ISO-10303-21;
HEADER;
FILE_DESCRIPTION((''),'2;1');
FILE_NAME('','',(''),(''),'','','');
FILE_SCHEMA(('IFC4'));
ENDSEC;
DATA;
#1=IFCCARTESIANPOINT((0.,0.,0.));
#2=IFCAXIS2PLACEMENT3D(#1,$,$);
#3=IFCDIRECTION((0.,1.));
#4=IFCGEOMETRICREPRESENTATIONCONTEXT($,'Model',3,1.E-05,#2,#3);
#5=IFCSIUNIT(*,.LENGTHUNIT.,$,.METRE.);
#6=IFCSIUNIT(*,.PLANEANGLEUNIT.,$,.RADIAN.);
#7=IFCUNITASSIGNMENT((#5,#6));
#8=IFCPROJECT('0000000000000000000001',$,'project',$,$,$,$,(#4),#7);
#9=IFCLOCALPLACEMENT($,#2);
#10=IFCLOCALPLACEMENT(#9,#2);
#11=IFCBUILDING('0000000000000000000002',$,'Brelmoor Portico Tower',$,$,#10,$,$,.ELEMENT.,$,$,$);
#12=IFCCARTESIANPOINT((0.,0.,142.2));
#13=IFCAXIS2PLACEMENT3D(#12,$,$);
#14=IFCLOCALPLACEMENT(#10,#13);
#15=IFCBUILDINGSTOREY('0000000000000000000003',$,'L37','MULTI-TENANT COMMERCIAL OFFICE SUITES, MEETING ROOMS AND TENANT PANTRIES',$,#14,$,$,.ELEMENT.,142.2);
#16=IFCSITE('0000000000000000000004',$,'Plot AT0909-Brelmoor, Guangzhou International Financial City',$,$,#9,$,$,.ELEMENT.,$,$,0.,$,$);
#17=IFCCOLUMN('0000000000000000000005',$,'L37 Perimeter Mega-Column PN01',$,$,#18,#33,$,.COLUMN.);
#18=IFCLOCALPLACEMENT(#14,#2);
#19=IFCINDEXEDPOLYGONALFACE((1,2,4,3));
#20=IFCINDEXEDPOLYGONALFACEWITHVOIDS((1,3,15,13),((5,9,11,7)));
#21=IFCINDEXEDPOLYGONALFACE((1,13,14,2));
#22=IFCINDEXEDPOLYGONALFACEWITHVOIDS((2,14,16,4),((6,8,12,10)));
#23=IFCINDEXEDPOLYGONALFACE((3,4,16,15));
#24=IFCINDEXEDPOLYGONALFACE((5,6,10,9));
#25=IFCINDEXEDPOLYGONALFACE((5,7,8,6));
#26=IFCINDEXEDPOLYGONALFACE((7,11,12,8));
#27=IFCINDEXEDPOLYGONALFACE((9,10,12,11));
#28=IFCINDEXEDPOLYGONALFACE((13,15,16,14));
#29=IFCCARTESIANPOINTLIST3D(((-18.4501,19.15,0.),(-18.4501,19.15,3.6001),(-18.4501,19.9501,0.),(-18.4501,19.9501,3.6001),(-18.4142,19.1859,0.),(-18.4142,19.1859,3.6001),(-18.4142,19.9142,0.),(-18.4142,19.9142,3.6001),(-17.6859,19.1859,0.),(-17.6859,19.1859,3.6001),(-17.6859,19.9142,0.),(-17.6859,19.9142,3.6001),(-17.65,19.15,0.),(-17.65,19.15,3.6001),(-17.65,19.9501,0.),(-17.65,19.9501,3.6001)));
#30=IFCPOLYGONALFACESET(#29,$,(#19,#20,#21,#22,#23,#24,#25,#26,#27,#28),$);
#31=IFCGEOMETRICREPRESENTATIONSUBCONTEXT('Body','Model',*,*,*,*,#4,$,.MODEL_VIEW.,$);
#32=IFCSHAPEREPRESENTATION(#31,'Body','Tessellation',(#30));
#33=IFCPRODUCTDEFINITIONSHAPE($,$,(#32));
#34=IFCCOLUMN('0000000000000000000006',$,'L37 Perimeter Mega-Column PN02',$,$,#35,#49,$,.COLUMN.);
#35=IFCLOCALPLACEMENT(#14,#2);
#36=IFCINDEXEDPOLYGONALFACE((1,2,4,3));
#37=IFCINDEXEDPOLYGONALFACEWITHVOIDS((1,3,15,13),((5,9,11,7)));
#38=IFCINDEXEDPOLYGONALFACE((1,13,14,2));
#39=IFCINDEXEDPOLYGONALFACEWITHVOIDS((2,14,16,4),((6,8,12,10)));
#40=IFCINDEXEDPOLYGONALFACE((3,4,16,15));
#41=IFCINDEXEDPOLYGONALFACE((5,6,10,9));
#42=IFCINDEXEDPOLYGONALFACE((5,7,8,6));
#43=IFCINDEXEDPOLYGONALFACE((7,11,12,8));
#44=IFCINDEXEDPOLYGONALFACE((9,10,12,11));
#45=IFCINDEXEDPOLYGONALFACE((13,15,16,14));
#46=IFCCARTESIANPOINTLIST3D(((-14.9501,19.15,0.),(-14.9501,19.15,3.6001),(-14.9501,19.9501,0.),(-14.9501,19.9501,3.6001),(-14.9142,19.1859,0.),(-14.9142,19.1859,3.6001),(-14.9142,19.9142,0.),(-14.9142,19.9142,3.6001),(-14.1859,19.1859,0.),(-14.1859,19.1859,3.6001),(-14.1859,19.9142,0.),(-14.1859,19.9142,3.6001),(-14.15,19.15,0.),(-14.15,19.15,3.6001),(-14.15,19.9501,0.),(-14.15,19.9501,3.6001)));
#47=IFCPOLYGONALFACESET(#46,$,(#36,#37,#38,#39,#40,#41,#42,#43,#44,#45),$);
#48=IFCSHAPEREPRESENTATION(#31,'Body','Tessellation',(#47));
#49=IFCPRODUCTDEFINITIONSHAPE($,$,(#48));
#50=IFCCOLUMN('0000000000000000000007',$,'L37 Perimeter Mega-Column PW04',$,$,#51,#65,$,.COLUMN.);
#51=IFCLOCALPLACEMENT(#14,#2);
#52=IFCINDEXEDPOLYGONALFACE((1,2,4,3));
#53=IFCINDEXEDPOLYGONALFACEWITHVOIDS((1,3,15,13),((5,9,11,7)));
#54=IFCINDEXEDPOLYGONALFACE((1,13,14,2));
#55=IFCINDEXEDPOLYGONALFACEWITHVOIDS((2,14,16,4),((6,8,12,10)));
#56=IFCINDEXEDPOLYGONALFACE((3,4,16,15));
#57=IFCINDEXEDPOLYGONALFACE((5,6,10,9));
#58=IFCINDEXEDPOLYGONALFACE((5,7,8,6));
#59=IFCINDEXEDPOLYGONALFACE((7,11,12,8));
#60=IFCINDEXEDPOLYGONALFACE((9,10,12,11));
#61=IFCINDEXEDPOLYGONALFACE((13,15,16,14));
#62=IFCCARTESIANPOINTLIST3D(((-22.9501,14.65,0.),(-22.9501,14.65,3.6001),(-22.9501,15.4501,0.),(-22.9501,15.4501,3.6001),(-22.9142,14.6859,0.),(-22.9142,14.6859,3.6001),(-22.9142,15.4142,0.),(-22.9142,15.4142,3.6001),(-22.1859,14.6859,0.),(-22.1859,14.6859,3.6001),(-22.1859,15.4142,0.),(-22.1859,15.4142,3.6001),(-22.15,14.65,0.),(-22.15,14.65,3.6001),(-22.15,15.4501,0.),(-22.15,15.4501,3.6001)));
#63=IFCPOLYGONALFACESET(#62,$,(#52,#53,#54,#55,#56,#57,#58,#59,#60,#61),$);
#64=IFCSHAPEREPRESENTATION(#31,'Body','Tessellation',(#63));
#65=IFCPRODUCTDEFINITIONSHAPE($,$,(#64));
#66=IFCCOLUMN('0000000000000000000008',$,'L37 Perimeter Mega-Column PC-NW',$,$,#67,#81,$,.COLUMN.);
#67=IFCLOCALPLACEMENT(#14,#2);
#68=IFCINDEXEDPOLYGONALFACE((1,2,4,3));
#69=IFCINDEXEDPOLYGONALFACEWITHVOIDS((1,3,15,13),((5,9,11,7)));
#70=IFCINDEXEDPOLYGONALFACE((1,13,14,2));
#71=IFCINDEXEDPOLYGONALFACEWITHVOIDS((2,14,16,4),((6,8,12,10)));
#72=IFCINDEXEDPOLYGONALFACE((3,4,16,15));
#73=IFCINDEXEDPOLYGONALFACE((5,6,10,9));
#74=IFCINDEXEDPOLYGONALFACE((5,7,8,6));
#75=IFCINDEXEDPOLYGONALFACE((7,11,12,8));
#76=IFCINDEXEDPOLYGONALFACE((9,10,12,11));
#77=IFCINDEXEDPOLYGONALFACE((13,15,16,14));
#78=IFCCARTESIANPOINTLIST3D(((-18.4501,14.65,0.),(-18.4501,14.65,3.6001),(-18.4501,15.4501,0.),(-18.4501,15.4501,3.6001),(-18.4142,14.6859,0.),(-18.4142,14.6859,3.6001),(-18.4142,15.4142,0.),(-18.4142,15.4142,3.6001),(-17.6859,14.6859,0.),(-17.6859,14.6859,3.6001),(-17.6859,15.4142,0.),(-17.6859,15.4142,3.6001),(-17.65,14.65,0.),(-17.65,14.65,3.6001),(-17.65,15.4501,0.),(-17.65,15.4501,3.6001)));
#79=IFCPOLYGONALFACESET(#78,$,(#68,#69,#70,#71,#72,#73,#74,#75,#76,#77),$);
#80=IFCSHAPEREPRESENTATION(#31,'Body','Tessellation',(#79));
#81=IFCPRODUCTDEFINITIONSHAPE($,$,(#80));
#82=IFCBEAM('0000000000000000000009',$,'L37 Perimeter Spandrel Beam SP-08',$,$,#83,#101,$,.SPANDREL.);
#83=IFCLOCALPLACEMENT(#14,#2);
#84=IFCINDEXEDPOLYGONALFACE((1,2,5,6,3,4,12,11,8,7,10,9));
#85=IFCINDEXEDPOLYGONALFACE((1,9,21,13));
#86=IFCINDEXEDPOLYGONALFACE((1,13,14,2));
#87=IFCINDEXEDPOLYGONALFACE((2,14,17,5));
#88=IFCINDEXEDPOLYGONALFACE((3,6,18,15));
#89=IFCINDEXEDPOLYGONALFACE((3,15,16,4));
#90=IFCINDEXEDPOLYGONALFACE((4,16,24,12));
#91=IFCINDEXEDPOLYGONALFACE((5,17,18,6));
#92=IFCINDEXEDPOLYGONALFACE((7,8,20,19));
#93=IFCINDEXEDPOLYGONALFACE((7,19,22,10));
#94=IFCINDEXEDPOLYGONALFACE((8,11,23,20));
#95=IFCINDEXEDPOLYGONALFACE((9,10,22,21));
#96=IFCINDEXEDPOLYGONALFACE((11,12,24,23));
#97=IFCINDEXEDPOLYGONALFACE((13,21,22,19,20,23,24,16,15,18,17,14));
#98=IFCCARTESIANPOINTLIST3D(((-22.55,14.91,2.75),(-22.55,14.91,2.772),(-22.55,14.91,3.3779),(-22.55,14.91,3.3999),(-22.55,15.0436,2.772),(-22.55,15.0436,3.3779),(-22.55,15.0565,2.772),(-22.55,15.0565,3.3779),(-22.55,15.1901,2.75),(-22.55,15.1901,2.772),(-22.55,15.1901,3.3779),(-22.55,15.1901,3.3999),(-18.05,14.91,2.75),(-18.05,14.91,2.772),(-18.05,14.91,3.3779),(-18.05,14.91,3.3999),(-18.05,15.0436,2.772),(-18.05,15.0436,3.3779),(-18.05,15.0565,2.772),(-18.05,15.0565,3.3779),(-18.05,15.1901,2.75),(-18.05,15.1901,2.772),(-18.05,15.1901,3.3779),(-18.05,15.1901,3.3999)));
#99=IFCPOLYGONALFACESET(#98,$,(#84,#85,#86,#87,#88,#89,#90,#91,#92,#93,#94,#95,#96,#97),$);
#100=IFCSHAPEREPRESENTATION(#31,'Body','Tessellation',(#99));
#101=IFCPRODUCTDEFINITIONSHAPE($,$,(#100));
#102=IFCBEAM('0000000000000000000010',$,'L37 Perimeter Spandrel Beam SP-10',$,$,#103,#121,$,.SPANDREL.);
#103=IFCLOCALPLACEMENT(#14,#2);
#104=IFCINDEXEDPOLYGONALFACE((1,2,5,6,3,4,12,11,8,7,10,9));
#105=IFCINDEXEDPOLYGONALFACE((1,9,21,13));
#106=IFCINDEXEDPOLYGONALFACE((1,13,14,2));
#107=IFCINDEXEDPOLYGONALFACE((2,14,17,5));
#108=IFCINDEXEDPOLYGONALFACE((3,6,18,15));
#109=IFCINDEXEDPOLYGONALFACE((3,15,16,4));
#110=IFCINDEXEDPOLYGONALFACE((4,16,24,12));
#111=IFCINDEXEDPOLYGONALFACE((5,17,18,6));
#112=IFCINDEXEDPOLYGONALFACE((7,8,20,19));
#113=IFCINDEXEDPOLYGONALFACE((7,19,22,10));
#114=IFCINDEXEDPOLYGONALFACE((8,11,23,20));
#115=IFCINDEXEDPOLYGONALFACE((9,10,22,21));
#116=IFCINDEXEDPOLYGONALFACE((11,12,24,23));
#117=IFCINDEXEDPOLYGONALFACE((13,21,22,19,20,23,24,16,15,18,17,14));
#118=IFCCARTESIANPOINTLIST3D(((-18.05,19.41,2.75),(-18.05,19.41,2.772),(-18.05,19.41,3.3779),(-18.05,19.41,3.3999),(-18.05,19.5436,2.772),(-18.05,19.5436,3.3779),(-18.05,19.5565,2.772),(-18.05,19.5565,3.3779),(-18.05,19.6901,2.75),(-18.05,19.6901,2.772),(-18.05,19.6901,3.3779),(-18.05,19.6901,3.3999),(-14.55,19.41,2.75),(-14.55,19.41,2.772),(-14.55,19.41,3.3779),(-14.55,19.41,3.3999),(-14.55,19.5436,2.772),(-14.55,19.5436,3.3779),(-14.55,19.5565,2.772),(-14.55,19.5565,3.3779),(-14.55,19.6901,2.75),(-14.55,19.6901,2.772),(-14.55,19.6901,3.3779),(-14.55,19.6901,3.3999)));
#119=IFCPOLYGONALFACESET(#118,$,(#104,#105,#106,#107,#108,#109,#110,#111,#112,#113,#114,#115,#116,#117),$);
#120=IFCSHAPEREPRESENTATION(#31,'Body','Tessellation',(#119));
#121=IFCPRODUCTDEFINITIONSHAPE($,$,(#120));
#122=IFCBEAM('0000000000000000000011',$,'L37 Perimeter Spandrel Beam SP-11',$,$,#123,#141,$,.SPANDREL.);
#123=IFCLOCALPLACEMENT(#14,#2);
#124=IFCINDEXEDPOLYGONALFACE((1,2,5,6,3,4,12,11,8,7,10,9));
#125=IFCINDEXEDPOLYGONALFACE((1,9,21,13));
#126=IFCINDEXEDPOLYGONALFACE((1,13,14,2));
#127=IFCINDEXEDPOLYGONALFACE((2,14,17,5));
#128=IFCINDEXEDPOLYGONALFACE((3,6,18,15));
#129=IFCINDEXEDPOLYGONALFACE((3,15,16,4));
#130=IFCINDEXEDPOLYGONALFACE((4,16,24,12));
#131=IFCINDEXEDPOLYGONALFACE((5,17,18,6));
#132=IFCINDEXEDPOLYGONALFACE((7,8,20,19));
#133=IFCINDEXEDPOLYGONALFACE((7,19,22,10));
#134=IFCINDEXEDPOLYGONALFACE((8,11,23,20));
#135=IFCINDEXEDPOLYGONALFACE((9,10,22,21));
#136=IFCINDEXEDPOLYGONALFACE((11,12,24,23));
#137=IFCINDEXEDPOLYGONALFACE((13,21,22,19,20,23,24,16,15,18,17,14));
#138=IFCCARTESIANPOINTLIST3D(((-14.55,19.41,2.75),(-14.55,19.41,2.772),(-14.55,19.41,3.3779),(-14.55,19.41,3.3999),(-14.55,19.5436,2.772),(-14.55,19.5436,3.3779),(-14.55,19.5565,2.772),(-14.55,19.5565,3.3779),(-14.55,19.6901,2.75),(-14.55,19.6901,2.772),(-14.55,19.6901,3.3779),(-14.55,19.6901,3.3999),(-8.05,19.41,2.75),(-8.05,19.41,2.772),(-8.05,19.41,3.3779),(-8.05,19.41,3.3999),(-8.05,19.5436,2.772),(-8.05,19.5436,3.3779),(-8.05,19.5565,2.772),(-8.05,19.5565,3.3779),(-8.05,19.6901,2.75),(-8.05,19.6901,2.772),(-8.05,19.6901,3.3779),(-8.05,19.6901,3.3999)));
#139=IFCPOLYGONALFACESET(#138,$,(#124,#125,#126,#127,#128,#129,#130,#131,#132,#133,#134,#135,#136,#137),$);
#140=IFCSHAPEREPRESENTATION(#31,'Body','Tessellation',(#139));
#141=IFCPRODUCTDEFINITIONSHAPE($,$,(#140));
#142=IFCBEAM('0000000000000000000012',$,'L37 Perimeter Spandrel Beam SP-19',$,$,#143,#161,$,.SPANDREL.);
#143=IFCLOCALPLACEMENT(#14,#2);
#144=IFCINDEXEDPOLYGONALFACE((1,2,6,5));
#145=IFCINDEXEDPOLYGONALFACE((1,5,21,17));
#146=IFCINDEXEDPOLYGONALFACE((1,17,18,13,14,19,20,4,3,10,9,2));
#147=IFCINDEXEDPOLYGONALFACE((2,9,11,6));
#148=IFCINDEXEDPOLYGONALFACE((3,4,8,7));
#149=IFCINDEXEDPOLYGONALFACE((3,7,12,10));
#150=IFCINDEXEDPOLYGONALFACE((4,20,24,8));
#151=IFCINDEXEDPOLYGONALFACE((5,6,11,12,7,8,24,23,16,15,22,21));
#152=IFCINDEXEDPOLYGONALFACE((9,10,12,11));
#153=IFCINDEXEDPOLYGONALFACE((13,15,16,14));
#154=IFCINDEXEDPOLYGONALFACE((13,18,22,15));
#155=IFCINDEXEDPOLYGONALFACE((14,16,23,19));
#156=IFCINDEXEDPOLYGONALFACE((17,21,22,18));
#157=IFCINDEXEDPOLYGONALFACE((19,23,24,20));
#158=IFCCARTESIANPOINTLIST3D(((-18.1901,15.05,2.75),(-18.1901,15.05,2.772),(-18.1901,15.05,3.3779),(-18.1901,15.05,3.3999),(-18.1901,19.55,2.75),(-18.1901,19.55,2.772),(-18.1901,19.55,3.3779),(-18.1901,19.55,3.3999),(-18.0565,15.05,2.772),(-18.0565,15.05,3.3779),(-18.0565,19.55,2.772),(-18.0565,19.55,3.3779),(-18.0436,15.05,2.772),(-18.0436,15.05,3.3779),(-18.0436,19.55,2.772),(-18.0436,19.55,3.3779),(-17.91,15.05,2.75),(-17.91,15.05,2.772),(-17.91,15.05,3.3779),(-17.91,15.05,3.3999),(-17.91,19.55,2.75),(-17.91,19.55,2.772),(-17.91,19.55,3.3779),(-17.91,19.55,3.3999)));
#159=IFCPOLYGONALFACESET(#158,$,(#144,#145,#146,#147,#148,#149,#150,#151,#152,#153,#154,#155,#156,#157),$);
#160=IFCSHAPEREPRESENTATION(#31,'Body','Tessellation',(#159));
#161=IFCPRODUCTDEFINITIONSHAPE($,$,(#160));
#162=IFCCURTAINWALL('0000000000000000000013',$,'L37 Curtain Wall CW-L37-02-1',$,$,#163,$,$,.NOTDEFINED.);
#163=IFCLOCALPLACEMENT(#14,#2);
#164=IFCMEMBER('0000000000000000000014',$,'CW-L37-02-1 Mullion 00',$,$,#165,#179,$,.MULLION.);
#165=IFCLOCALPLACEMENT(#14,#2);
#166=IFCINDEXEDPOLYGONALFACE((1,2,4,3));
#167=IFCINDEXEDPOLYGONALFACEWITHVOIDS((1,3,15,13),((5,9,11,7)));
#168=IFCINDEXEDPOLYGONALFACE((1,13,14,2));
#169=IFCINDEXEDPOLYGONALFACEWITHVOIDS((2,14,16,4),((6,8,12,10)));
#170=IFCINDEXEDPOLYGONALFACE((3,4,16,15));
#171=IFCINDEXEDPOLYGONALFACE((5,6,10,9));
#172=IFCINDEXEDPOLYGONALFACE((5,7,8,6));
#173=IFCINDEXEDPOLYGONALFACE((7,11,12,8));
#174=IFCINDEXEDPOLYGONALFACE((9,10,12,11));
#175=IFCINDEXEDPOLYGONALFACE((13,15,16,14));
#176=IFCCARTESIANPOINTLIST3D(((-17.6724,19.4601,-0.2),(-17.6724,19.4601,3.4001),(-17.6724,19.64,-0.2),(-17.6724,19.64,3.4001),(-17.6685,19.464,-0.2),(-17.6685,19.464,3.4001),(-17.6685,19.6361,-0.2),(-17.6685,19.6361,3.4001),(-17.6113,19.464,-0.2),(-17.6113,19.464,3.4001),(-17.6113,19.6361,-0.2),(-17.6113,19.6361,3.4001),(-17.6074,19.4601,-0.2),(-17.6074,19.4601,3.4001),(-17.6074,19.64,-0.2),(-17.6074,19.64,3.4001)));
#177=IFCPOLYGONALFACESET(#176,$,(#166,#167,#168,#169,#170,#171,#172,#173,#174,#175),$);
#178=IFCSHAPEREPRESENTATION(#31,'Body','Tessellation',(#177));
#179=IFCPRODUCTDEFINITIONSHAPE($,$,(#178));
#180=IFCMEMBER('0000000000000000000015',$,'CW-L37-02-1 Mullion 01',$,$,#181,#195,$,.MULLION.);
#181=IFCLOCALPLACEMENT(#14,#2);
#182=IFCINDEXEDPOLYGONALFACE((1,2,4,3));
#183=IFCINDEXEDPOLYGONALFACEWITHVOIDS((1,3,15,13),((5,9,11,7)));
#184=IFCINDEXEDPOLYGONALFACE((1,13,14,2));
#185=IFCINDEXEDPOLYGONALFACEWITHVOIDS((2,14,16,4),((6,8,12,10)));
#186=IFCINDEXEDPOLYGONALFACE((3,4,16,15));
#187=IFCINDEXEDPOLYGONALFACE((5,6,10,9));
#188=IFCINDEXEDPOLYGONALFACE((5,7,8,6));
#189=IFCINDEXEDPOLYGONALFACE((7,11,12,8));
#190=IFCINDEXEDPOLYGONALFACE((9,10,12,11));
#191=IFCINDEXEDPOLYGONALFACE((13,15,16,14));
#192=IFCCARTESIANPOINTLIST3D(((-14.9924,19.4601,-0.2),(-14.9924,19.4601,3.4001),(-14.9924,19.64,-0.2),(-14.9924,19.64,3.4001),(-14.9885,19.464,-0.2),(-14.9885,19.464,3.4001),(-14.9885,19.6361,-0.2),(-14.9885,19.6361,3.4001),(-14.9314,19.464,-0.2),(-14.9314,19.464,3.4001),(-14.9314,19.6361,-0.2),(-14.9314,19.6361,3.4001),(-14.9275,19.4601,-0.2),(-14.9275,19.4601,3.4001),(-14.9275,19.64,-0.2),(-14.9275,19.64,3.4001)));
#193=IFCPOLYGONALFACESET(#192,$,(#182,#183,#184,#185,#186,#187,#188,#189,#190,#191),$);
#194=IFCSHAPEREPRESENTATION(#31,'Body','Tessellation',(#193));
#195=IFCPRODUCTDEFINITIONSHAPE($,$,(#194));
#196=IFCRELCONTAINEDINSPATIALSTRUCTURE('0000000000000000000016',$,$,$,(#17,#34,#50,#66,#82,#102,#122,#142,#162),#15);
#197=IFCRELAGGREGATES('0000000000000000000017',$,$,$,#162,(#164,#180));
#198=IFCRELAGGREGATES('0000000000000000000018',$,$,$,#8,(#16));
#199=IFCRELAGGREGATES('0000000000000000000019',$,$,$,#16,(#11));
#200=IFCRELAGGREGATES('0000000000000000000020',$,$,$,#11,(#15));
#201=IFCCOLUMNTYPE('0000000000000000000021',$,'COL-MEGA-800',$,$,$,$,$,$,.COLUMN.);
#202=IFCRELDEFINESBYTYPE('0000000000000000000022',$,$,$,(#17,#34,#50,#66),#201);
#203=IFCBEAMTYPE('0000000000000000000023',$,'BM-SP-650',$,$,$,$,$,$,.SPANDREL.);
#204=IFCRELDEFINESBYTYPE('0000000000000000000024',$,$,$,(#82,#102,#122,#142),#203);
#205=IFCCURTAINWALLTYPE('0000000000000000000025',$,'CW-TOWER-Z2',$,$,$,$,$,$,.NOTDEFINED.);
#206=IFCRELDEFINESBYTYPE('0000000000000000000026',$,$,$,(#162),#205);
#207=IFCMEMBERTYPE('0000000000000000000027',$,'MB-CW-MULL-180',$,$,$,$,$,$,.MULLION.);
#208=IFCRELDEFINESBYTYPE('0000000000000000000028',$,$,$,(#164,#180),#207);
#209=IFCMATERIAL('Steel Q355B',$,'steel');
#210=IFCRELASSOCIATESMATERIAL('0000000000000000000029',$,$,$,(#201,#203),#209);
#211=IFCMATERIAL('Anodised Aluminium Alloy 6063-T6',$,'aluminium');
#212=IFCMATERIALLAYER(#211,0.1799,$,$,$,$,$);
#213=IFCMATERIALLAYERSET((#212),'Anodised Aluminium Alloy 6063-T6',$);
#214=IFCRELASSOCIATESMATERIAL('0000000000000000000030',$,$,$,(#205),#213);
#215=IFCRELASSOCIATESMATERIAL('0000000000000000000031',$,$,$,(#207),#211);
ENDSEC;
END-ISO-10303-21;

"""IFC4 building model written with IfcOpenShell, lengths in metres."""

from ifc_helpers import new_model, si_unit, direction, frame, origin, origin_2d, place, context, subcontext, project, spatial, hollow_rectangle, i_section, extrude, material, layer, layer_set, material_profile, profile_set, type_object, element, aggregate, save


model = new_model("IFC4")

# Units and contexts
model_context = context("Model", 3, precision=1e-05, world=origin(), true_north=direction((0.0, 1.0)))
body_context = subcontext(model_context, "Body", "Model", "MODEL_VIEW")
ifc_project = project(units=[si_unit("LENGTHUNIT", "METRE"), si_unit("PLANEANGLEUNIT", "RADIAN")], contexts=[model_context])

# Site, building, storey
site_placement = place(None, origin())
site = spatial("IfcSite", under=ifc_project, at=site_placement, Name="Plot AT0909-Brelmoor, Guangzhou International Financial City", CompositionType="ELEMENT", RefElevation=0.0)
building_placement = place(site_placement, origin())
building = spatial("IfcBuilding", under=site, at=building_placement, Name="Brelmoor Portico Tower", CompositionType="ELEMENT")
storey_placement = place(building_placement, frame((0.0, 0.0, 142.2)))
storey = spatial("IfcBuildingStorey", under=building, at=storey_placement, Name="L37", Description="MULTI-TENANT COMMERCIAL OFFICE SUITES, MEETING ROOMS AND TENANT PANTRIES", CompositionType="ELEMENT", Elevation=142.2)

# Columns
ifc_material_1 = material(Name="Steel Q355B", Category="steel")
ifc_material_profile_1 = material_profile(ifc_material_1, hollow_rectangle(XDim=0.8, YDim=0.8, WallThickness=0.0359, at=origin_2d()), Name="BOX 800x800x36")
ifc_profile_set_1 = profile_set([ifc_material_profile_1], Name="Steel Q355B")
column_type = type_object("IfcColumnType", Name="COL-MEGA-800", PredefinedType="COLUMN", material=ifc_profile_set_1)
for number, where, z_axis, x_axis, name in (
    (1, (-18.05, 19.55, 0.0), (0.0, 0.0, 1.0), (1.0, 0.0, 0.0), "L37 Perimeter Mega-Column PN01"),
    (2, (-14.55, 19.55, 0.0), (0.0, 0.0, 1.0), (1.0, 0.0, 0.0), "L37 Perimeter Mega-Column PN02"),
    (3, (-22.55, 15.05, 0.0), (0.0, 0.0, 1.0), (0.0, 1.0, 0.0), "L37 Perimeter Mega-Column PW04"),
    (4, (-18.05, 15.05, 0.0), (0.0, 0.0, 1.0), (1.0, 0.0, 0.0), "L37 Perimeter Mega-Column PC-NW"),
):
    element("IfcColumn", number, at=place(storey_placement, frame(where, z_axis=z_axis, x_axis=x_axis)), inside=storey, type_object=column_type, Name=name, PredefinedType="COLUMN", context=body_context, shape_type="SweptSolid", body=[
        extrude(hollow_rectangle(XDim=0.8, YDim=0.8, WallThickness=0.0359, at=origin_2d()), origin(), (0.0, 0.0, 1.0), 3.6001),
    ])

# Beams
ifc_material_profile_2 = material_profile(ifc_material_1, i_section(OverallWidth=0.28, OverallDepth=0.6499, WebThickness=0.0129, FlangeThickness=0.022, at=origin_2d()), Name="HN 650x280x13x22")
ifc_profile_set_2 = profile_set([ifc_material_profile_2], Name="Steel Q355B")
beam_type = type_object("IfcBeamType", Name="BM-SP-650", PredefinedType="SPANDREL", material=ifc_profile_set_2)
beam_1_placement = place(storey_placement, frame((-22.55, 15.05, 3.075), z_axis=(1.0, 0.0, 0.0), x_axis=(0.0, 1.0, 0.0)))
element("IfcBeam", 5, at=beam_1_placement, inside=storey, type_object=beam_type, Name="L37 Perimeter Spandrel Beam SP-08", PredefinedType="SPANDREL", context=body_context, shape_type="SweptSolid", body=[
    extrude(i_section(OverallWidth=0.28, OverallDepth=0.6499, WebThickness=0.0129, FlangeThickness=0.022, at=origin_2d()), origin(), (0.0, 0.0, 1.0), 4.5),
])
beam_2_placement = place(storey_placement, frame((-18.05, 19.55, 3.075), z_axis=(1.0, 0.0, 0.0), x_axis=(0.0, 1.0, 0.0)))
element("IfcBeam", 6, at=beam_2_placement, inside=storey, type_object=beam_type, Name="L37 Perimeter Spandrel Beam SP-10", PredefinedType="SPANDREL", context=body_context, shape_type="SweptSolid", body=[
    extrude(i_section(OverallWidth=0.28, OverallDepth=0.6499, WebThickness=0.0129, FlangeThickness=0.022, at=origin_2d()), origin(), (0.0, 0.0, 1.0), 3.5),
])
beam_3_placement = place(storey_placement, frame((-14.55, 19.55, 3.075), z_axis=(1.0, 0.0, 0.0), x_axis=(0.0, 1.0, 0.0)))
element("IfcBeam", 7, at=beam_3_placement, inside=storey, type_object=beam_type, Name="L37 Perimeter Spandrel Beam SP-11", PredefinedType="SPANDREL", context=body_context, shape_type="SweptSolid", body=[
    extrude(i_section(OverallWidth=0.28, OverallDepth=0.6499, WebThickness=0.0129, FlangeThickness=0.022, at=origin_2d()), origin(), (0.0, 0.0, 1.0), 6.5),
])
beam_4_placement = place(storey_placement, frame((-18.05, 15.05, 3.075), z_axis=(0.0, 1.0, 0.0), x_axis=(-1.0, 0.0, 0.0)))
element("IfcBeam", 8, at=beam_4_placement, inside=storey, type_object=beam_type, Name="L37 Perimeter Spandrel Beam SP-19", PredefinedType="SPANDREL", context=body_context, shape_type="SweptSolid", body=[
    extrude(i_section(OverallWidth=0.28, OverallDepth=0.6499, WebThickness=0.0129, FlangeThickness=0.022, at=origin_2d()), origin(), (0.0, 0.0, 1.0), 4.5),
])

# Curtain wall, members
ifc_material_2 = material(Name="Anodised Aluminium Alloy 6063-T6", Category="aluminium")
ifc_layer_1 = layer(ifc_material_2, 0.1799)
ifc_layer_set_1 = layer_set([ifc_layer_1], Name="Anodised Aluminium Alloy 6063-T6")
curtain_wall_type = type_object("IfcCurtainWallType", Name="CW-TOWER-Z2", PredefinedType="NOTDEFINED", material=ifc_layer_set_1)
curtain_wall_1_placement = place(storey_placement, origin())
curtain_wall_1 = element("IfcCurtainWall", 9, at=curtain_wall_1_placement, inside=storey, type_object=curtain_wall_type, Name="L37 Curtain Wall CW-L37-02-1", PredefinedType="NOTDEFINED")
ifc_material_profile_3 = material_profile(ifc_material_2, hollow_rectangle(XDim=0.0649, YDim=0.1799, WallThickness=0.0039, at=origin_2d()), Name="ALU MULLION 65x180")
ifc_profile_set_3 = profile_set([ifc_material_profile_3], Name="Anodised Aluminium Alloy 6063-T6")
member_type_1 = type_object("IfcMemberType", Name="MB-CW-MULL-180", PredefinedType="MULLION", material=ifc_profile_set_3)
member_1_placement = place(storey_placement, frame((-17.6399, 19.55, -0.2), z_axis=(0.0, 0.0, 1.0), x_axis=(1.0, 0.0, 0.0)))
member_1 = element("IfcMember", 10, at=member_1_placement, type_object=member_type_1, Name="CW-L37-02-1 Mullion 00", PredefinedType="MULLION", context=body_context, shape_type="SweptSolid", body=[
    extrude(hollow_rectangle(XDim=0.0649, YDim=0.1799, WallThickness=0.0039, at=origin_2d()), origin(), (0.0, 0.0, 1.0), 3.6001),
])
member_2_placement = place(storey_placement, frame((-14.96, 19.55, -0.2), z_axis=(0.0, 0.0, 1.0), x_axis=(1.0, 0.0, 0.0)))
member_2 = element("IfcMember", 11, at=member_2_placement, type_object=member_type_1, Name="CW-L37-02-1 Mullion 01", PredefinedType="MULLION", context=body_context, shape_type="SweptSolid", body=[
    extrude(hollow_rectangle(XDim=0.0649, YDim=0.1799, WallThickness=0.0039, at=origin_2d()), origin(), (0.0, 0.0, 1.0), 3.6001),
])

aggregate(curtain_wall_1, [member_1, member_2])

save(model, "model.ifc")
